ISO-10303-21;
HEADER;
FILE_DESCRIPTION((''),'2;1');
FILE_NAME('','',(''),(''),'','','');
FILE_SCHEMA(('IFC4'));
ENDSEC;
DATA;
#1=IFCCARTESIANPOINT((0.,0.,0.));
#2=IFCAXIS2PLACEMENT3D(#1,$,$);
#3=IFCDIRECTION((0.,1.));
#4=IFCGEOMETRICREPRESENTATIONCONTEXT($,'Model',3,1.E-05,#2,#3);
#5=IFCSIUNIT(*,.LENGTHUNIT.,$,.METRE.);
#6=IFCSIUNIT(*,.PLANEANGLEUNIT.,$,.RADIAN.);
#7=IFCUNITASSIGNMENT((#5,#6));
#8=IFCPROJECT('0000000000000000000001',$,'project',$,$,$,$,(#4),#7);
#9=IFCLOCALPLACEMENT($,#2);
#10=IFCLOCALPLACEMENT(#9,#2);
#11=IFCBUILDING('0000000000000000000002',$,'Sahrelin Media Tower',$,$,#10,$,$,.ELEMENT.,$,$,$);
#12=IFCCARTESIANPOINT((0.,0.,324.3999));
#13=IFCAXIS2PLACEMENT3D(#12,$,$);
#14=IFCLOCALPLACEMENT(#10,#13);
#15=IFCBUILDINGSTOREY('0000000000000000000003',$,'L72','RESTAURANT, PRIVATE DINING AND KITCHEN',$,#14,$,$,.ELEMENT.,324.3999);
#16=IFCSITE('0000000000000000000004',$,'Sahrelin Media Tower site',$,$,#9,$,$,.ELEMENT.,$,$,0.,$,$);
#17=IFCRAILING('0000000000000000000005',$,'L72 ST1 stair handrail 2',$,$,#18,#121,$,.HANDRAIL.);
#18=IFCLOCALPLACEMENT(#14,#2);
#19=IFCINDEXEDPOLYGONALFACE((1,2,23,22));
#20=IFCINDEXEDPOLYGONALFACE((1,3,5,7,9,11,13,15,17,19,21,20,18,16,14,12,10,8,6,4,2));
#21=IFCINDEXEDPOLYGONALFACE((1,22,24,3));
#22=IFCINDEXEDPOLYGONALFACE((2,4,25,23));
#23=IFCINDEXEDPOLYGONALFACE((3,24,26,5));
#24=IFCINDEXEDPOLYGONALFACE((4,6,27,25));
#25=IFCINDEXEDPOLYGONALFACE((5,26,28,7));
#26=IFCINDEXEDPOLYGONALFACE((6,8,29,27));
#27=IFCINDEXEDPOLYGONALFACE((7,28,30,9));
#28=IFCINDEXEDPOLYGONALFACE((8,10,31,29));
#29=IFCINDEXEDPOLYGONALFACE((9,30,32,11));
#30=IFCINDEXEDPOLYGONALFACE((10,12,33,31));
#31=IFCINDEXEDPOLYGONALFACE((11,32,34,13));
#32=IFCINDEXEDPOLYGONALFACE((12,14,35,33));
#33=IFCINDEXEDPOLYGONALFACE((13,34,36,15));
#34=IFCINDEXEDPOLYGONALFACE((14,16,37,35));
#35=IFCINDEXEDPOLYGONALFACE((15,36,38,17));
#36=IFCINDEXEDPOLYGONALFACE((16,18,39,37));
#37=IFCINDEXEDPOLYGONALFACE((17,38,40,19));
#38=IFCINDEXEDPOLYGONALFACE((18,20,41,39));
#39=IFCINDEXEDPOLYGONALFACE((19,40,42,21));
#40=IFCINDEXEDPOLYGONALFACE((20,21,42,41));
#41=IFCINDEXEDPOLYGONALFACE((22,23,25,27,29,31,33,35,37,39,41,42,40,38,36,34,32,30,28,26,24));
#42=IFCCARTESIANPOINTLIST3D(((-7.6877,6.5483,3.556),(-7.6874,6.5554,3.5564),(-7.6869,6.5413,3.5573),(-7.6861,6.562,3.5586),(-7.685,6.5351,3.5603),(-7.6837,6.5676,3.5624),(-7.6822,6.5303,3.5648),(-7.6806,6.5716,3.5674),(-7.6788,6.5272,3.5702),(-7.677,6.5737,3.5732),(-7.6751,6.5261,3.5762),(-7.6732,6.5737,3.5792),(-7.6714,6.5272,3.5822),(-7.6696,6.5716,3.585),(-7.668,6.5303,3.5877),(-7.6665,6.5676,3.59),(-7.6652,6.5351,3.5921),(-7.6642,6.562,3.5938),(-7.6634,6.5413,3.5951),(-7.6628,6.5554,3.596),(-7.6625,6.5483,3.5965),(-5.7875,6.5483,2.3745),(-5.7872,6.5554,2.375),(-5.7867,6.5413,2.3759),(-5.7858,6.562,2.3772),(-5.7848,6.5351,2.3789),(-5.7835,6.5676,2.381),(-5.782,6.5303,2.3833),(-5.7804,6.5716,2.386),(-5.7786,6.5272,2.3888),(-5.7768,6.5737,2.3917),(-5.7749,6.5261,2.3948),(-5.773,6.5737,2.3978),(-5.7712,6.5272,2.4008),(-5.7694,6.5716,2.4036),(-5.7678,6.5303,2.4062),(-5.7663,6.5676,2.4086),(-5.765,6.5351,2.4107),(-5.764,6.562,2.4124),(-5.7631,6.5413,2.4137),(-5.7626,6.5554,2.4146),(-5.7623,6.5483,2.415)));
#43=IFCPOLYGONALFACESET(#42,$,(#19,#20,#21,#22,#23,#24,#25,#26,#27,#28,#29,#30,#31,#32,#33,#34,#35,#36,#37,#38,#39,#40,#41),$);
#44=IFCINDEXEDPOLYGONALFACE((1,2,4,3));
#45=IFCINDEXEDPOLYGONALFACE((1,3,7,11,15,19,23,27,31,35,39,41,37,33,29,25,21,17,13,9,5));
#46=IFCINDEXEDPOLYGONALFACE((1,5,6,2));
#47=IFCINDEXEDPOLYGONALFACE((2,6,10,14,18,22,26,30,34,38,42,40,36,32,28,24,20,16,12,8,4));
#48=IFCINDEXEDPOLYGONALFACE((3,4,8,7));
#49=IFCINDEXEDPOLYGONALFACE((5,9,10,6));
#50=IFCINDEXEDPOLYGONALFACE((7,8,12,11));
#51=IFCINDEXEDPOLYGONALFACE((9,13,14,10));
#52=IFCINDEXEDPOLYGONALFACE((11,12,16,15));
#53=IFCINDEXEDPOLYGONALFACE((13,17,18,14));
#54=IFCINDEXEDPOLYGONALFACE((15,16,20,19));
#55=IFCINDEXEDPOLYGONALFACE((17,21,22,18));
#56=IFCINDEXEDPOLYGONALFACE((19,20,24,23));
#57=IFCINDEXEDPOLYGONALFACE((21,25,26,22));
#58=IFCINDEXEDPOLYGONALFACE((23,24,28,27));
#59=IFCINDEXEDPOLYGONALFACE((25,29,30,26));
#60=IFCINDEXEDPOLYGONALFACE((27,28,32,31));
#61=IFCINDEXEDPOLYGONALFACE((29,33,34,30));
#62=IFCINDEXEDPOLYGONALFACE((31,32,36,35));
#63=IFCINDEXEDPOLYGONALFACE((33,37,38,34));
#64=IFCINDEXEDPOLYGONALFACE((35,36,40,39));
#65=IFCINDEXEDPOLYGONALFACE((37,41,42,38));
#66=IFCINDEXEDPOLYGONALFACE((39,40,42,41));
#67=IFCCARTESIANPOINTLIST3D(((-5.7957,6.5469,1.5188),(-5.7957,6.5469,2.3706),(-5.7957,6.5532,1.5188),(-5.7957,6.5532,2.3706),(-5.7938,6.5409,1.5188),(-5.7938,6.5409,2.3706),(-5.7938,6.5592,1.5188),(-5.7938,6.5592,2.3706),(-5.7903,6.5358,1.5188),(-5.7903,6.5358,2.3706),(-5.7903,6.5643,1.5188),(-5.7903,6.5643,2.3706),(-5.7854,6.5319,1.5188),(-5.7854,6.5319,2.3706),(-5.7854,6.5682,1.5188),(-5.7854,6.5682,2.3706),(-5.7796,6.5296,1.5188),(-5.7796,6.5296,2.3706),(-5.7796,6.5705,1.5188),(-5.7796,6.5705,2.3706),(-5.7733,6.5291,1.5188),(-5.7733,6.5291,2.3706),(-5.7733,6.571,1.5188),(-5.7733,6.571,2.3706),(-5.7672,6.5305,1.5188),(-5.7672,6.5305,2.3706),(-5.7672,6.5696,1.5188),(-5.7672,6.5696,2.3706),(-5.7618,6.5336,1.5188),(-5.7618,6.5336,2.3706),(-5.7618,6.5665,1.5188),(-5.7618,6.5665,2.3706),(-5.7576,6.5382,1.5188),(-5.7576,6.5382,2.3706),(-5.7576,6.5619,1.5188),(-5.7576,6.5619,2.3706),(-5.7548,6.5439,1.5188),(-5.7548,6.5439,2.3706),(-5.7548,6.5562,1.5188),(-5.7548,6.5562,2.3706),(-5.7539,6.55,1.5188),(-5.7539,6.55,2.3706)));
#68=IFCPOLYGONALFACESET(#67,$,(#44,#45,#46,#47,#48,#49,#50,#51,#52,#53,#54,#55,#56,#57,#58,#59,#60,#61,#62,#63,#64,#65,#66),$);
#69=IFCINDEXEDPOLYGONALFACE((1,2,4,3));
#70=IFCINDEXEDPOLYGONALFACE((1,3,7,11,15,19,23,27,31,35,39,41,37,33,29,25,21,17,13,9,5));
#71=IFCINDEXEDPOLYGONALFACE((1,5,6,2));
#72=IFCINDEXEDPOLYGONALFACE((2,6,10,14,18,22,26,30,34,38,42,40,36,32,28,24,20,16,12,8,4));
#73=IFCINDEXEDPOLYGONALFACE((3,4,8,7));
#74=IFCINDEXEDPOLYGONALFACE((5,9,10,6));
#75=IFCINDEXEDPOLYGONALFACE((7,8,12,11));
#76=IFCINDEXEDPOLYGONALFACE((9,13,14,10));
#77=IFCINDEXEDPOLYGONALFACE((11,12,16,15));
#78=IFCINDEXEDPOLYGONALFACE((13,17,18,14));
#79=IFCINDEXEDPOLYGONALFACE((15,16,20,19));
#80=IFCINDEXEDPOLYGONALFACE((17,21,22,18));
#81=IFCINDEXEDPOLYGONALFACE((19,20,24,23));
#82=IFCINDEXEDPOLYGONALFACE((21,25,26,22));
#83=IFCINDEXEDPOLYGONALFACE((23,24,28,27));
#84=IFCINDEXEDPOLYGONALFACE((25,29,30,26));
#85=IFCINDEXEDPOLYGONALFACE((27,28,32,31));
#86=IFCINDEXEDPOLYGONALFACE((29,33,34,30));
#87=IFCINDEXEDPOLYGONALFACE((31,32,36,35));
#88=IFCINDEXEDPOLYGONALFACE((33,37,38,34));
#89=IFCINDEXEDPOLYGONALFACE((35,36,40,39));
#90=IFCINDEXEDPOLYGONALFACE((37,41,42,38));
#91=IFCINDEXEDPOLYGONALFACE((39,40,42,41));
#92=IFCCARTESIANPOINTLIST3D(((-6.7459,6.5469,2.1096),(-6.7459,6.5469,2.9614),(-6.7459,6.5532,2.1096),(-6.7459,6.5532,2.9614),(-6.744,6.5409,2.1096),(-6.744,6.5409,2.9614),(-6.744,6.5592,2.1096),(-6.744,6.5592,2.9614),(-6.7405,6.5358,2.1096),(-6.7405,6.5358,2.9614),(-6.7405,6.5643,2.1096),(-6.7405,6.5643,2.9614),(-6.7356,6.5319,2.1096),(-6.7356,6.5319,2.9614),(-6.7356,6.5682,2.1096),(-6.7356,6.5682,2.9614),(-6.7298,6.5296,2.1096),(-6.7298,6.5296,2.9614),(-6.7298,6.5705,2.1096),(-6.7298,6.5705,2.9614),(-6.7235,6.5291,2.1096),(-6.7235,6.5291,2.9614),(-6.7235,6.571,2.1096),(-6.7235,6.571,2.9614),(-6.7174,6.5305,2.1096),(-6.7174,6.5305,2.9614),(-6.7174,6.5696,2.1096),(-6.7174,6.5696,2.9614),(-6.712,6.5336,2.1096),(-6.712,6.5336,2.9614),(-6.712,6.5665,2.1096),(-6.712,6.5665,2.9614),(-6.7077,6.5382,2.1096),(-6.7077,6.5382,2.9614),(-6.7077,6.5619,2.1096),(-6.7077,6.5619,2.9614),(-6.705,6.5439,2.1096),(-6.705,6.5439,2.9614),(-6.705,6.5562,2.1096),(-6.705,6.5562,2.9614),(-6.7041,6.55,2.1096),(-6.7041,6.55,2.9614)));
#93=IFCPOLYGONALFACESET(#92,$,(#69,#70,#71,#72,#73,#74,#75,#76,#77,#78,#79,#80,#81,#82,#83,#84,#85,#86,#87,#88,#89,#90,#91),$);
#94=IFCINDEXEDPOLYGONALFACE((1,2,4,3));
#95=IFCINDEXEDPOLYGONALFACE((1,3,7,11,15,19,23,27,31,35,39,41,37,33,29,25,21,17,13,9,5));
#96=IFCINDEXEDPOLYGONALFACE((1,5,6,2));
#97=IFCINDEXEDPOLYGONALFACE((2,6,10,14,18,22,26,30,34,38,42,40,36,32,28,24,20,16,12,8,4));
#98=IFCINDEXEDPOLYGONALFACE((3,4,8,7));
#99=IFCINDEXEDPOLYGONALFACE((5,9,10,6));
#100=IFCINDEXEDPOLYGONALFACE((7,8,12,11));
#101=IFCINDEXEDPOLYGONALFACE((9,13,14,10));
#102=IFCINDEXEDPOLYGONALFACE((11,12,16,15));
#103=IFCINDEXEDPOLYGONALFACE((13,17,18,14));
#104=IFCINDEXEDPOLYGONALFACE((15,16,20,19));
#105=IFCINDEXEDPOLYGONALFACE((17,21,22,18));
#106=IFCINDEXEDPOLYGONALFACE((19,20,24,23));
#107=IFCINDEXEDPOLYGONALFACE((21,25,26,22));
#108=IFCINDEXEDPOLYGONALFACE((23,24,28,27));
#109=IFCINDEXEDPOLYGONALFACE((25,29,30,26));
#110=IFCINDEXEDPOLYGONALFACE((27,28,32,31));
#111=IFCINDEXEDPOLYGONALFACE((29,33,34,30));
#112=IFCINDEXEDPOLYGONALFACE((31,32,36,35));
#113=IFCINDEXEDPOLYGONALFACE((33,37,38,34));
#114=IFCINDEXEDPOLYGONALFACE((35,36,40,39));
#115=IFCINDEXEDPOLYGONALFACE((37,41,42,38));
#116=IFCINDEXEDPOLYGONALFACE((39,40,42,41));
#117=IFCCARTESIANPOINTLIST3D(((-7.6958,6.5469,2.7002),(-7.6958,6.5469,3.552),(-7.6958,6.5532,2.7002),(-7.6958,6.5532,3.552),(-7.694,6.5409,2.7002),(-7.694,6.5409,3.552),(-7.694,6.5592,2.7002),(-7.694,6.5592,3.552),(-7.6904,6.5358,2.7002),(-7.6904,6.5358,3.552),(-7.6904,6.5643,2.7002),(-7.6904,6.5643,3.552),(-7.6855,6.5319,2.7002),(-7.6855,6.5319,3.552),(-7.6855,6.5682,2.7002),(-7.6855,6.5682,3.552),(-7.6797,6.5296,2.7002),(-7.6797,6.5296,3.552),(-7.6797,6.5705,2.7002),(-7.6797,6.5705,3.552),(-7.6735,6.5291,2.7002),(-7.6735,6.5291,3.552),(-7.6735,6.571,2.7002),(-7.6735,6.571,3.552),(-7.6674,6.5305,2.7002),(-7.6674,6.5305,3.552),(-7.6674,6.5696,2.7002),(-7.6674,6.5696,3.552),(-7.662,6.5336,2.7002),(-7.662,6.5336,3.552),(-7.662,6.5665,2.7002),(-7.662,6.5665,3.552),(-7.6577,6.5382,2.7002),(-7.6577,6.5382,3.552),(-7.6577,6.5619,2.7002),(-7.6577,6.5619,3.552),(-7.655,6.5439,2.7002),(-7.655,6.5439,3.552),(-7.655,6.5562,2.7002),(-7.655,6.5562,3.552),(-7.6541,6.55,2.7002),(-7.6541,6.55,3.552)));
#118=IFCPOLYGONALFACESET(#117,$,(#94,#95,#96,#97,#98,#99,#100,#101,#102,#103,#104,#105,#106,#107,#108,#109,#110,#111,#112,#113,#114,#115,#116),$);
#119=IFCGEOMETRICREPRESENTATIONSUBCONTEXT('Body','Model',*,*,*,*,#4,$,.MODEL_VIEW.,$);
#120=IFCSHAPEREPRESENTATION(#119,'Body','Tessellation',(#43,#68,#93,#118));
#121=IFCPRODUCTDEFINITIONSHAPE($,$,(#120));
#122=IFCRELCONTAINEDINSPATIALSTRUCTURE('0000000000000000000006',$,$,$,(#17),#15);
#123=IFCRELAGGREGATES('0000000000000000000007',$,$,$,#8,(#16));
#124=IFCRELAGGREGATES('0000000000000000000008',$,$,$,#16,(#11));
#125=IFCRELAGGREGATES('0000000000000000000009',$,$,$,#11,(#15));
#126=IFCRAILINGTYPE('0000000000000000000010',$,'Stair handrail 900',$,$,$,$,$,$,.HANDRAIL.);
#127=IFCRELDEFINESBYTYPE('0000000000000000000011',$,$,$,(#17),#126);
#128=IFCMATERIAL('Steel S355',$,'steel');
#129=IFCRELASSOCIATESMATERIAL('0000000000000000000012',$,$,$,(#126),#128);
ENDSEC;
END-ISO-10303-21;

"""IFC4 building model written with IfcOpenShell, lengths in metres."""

from ifc_helpers import new_model, si_unit, direction, frame, origin, origin_2d, place, context, subcontext, project, spatial, circle, extrude, material, type_object, element, save


model = new_model("IFC4")

# Units and contexts
model_context = context("Model", 3, precision=1e-05, world=origin(), true_north=direction((0.0, 1.0)))
body_context = subcontext(model_context, "Body", "Model", "MODEL_VIEW")
ifc_project = project(units=[si_unit("LENGTHUNIT", "METRE"), si_unit("PLANEANGLEUNIT", "RADIAN")], contexts=[model_context])

# Site, building, storey
site_placement = place(None, origin())
site = spatial("IfcSite", under=ifc_project, at=site_placement, Name="Sahrelin Media Tower site", CompositionType="ELEMENT", RefElevation=0.0)
building_placement = place(site_placement, origin())
building = spatial("IfcBuilding", under=site, at=building_placement, Name="Sahrelin Media Tower", CompositionType="ELEMENT")
storey_placement = place(building_placement, frame((0.0, 0.0, 324.3999)))
storey = spatial("IfcBuildingStorey", under=building, at=storey_placement, Name="L72", Description="RESTAURANT, PRIVATE DINING AND KITCHEN", CompositionType="ELEMENT", Elevation=324.3999)

# Shared definitions
ifc_material_1 = material(Name="Steel S355", Category="steel")

# Railing
railing_type_1 = type_object("IfcRailingType", Name="Stair handrail 900", PredefinedType="HANDRAIL", material=ifc_material_1)
railing_1_placement = place(storey_placement, frame((-5.7749, 6.55, 1.5188)))
element("IfcRailing", 1, at=railing_1_placement, inside=storey, type_object=railing_type_1, Name="L72 ST1 stair handrail 2", PredefinedType="HANDRAIL", context=body_context, shape_type="SweptSolid", body=[
    extrude(circle(Radius=0.0239, at=origin_2d()), frame((0.0, 0.0, 0.876), z_axis=(-0.84924, 0.0, 0.528006), x_axis=(0.0, -1.0, 0.0)), (0.0, 0.0, 1.0), 2.2375),
    extrude(circle(Radius=0.021, at=origin_2d()), origin(), (0.0, 0.0, 1.0), 0.8518),
    extrude(circle(Radius=0.021, at=origin_2d()), frame((-0.9502, 0.0, 0.5908)), (0.0, 0.0, 1.0), 0.8518),
    extrude(circle(Radius=0.021, at=origin_2d()), frame((-1.9001, 0.0, 1.1814)), (0.0, 0.0, 1.0), 0.8518),
])

save(model, "model.ifc")
